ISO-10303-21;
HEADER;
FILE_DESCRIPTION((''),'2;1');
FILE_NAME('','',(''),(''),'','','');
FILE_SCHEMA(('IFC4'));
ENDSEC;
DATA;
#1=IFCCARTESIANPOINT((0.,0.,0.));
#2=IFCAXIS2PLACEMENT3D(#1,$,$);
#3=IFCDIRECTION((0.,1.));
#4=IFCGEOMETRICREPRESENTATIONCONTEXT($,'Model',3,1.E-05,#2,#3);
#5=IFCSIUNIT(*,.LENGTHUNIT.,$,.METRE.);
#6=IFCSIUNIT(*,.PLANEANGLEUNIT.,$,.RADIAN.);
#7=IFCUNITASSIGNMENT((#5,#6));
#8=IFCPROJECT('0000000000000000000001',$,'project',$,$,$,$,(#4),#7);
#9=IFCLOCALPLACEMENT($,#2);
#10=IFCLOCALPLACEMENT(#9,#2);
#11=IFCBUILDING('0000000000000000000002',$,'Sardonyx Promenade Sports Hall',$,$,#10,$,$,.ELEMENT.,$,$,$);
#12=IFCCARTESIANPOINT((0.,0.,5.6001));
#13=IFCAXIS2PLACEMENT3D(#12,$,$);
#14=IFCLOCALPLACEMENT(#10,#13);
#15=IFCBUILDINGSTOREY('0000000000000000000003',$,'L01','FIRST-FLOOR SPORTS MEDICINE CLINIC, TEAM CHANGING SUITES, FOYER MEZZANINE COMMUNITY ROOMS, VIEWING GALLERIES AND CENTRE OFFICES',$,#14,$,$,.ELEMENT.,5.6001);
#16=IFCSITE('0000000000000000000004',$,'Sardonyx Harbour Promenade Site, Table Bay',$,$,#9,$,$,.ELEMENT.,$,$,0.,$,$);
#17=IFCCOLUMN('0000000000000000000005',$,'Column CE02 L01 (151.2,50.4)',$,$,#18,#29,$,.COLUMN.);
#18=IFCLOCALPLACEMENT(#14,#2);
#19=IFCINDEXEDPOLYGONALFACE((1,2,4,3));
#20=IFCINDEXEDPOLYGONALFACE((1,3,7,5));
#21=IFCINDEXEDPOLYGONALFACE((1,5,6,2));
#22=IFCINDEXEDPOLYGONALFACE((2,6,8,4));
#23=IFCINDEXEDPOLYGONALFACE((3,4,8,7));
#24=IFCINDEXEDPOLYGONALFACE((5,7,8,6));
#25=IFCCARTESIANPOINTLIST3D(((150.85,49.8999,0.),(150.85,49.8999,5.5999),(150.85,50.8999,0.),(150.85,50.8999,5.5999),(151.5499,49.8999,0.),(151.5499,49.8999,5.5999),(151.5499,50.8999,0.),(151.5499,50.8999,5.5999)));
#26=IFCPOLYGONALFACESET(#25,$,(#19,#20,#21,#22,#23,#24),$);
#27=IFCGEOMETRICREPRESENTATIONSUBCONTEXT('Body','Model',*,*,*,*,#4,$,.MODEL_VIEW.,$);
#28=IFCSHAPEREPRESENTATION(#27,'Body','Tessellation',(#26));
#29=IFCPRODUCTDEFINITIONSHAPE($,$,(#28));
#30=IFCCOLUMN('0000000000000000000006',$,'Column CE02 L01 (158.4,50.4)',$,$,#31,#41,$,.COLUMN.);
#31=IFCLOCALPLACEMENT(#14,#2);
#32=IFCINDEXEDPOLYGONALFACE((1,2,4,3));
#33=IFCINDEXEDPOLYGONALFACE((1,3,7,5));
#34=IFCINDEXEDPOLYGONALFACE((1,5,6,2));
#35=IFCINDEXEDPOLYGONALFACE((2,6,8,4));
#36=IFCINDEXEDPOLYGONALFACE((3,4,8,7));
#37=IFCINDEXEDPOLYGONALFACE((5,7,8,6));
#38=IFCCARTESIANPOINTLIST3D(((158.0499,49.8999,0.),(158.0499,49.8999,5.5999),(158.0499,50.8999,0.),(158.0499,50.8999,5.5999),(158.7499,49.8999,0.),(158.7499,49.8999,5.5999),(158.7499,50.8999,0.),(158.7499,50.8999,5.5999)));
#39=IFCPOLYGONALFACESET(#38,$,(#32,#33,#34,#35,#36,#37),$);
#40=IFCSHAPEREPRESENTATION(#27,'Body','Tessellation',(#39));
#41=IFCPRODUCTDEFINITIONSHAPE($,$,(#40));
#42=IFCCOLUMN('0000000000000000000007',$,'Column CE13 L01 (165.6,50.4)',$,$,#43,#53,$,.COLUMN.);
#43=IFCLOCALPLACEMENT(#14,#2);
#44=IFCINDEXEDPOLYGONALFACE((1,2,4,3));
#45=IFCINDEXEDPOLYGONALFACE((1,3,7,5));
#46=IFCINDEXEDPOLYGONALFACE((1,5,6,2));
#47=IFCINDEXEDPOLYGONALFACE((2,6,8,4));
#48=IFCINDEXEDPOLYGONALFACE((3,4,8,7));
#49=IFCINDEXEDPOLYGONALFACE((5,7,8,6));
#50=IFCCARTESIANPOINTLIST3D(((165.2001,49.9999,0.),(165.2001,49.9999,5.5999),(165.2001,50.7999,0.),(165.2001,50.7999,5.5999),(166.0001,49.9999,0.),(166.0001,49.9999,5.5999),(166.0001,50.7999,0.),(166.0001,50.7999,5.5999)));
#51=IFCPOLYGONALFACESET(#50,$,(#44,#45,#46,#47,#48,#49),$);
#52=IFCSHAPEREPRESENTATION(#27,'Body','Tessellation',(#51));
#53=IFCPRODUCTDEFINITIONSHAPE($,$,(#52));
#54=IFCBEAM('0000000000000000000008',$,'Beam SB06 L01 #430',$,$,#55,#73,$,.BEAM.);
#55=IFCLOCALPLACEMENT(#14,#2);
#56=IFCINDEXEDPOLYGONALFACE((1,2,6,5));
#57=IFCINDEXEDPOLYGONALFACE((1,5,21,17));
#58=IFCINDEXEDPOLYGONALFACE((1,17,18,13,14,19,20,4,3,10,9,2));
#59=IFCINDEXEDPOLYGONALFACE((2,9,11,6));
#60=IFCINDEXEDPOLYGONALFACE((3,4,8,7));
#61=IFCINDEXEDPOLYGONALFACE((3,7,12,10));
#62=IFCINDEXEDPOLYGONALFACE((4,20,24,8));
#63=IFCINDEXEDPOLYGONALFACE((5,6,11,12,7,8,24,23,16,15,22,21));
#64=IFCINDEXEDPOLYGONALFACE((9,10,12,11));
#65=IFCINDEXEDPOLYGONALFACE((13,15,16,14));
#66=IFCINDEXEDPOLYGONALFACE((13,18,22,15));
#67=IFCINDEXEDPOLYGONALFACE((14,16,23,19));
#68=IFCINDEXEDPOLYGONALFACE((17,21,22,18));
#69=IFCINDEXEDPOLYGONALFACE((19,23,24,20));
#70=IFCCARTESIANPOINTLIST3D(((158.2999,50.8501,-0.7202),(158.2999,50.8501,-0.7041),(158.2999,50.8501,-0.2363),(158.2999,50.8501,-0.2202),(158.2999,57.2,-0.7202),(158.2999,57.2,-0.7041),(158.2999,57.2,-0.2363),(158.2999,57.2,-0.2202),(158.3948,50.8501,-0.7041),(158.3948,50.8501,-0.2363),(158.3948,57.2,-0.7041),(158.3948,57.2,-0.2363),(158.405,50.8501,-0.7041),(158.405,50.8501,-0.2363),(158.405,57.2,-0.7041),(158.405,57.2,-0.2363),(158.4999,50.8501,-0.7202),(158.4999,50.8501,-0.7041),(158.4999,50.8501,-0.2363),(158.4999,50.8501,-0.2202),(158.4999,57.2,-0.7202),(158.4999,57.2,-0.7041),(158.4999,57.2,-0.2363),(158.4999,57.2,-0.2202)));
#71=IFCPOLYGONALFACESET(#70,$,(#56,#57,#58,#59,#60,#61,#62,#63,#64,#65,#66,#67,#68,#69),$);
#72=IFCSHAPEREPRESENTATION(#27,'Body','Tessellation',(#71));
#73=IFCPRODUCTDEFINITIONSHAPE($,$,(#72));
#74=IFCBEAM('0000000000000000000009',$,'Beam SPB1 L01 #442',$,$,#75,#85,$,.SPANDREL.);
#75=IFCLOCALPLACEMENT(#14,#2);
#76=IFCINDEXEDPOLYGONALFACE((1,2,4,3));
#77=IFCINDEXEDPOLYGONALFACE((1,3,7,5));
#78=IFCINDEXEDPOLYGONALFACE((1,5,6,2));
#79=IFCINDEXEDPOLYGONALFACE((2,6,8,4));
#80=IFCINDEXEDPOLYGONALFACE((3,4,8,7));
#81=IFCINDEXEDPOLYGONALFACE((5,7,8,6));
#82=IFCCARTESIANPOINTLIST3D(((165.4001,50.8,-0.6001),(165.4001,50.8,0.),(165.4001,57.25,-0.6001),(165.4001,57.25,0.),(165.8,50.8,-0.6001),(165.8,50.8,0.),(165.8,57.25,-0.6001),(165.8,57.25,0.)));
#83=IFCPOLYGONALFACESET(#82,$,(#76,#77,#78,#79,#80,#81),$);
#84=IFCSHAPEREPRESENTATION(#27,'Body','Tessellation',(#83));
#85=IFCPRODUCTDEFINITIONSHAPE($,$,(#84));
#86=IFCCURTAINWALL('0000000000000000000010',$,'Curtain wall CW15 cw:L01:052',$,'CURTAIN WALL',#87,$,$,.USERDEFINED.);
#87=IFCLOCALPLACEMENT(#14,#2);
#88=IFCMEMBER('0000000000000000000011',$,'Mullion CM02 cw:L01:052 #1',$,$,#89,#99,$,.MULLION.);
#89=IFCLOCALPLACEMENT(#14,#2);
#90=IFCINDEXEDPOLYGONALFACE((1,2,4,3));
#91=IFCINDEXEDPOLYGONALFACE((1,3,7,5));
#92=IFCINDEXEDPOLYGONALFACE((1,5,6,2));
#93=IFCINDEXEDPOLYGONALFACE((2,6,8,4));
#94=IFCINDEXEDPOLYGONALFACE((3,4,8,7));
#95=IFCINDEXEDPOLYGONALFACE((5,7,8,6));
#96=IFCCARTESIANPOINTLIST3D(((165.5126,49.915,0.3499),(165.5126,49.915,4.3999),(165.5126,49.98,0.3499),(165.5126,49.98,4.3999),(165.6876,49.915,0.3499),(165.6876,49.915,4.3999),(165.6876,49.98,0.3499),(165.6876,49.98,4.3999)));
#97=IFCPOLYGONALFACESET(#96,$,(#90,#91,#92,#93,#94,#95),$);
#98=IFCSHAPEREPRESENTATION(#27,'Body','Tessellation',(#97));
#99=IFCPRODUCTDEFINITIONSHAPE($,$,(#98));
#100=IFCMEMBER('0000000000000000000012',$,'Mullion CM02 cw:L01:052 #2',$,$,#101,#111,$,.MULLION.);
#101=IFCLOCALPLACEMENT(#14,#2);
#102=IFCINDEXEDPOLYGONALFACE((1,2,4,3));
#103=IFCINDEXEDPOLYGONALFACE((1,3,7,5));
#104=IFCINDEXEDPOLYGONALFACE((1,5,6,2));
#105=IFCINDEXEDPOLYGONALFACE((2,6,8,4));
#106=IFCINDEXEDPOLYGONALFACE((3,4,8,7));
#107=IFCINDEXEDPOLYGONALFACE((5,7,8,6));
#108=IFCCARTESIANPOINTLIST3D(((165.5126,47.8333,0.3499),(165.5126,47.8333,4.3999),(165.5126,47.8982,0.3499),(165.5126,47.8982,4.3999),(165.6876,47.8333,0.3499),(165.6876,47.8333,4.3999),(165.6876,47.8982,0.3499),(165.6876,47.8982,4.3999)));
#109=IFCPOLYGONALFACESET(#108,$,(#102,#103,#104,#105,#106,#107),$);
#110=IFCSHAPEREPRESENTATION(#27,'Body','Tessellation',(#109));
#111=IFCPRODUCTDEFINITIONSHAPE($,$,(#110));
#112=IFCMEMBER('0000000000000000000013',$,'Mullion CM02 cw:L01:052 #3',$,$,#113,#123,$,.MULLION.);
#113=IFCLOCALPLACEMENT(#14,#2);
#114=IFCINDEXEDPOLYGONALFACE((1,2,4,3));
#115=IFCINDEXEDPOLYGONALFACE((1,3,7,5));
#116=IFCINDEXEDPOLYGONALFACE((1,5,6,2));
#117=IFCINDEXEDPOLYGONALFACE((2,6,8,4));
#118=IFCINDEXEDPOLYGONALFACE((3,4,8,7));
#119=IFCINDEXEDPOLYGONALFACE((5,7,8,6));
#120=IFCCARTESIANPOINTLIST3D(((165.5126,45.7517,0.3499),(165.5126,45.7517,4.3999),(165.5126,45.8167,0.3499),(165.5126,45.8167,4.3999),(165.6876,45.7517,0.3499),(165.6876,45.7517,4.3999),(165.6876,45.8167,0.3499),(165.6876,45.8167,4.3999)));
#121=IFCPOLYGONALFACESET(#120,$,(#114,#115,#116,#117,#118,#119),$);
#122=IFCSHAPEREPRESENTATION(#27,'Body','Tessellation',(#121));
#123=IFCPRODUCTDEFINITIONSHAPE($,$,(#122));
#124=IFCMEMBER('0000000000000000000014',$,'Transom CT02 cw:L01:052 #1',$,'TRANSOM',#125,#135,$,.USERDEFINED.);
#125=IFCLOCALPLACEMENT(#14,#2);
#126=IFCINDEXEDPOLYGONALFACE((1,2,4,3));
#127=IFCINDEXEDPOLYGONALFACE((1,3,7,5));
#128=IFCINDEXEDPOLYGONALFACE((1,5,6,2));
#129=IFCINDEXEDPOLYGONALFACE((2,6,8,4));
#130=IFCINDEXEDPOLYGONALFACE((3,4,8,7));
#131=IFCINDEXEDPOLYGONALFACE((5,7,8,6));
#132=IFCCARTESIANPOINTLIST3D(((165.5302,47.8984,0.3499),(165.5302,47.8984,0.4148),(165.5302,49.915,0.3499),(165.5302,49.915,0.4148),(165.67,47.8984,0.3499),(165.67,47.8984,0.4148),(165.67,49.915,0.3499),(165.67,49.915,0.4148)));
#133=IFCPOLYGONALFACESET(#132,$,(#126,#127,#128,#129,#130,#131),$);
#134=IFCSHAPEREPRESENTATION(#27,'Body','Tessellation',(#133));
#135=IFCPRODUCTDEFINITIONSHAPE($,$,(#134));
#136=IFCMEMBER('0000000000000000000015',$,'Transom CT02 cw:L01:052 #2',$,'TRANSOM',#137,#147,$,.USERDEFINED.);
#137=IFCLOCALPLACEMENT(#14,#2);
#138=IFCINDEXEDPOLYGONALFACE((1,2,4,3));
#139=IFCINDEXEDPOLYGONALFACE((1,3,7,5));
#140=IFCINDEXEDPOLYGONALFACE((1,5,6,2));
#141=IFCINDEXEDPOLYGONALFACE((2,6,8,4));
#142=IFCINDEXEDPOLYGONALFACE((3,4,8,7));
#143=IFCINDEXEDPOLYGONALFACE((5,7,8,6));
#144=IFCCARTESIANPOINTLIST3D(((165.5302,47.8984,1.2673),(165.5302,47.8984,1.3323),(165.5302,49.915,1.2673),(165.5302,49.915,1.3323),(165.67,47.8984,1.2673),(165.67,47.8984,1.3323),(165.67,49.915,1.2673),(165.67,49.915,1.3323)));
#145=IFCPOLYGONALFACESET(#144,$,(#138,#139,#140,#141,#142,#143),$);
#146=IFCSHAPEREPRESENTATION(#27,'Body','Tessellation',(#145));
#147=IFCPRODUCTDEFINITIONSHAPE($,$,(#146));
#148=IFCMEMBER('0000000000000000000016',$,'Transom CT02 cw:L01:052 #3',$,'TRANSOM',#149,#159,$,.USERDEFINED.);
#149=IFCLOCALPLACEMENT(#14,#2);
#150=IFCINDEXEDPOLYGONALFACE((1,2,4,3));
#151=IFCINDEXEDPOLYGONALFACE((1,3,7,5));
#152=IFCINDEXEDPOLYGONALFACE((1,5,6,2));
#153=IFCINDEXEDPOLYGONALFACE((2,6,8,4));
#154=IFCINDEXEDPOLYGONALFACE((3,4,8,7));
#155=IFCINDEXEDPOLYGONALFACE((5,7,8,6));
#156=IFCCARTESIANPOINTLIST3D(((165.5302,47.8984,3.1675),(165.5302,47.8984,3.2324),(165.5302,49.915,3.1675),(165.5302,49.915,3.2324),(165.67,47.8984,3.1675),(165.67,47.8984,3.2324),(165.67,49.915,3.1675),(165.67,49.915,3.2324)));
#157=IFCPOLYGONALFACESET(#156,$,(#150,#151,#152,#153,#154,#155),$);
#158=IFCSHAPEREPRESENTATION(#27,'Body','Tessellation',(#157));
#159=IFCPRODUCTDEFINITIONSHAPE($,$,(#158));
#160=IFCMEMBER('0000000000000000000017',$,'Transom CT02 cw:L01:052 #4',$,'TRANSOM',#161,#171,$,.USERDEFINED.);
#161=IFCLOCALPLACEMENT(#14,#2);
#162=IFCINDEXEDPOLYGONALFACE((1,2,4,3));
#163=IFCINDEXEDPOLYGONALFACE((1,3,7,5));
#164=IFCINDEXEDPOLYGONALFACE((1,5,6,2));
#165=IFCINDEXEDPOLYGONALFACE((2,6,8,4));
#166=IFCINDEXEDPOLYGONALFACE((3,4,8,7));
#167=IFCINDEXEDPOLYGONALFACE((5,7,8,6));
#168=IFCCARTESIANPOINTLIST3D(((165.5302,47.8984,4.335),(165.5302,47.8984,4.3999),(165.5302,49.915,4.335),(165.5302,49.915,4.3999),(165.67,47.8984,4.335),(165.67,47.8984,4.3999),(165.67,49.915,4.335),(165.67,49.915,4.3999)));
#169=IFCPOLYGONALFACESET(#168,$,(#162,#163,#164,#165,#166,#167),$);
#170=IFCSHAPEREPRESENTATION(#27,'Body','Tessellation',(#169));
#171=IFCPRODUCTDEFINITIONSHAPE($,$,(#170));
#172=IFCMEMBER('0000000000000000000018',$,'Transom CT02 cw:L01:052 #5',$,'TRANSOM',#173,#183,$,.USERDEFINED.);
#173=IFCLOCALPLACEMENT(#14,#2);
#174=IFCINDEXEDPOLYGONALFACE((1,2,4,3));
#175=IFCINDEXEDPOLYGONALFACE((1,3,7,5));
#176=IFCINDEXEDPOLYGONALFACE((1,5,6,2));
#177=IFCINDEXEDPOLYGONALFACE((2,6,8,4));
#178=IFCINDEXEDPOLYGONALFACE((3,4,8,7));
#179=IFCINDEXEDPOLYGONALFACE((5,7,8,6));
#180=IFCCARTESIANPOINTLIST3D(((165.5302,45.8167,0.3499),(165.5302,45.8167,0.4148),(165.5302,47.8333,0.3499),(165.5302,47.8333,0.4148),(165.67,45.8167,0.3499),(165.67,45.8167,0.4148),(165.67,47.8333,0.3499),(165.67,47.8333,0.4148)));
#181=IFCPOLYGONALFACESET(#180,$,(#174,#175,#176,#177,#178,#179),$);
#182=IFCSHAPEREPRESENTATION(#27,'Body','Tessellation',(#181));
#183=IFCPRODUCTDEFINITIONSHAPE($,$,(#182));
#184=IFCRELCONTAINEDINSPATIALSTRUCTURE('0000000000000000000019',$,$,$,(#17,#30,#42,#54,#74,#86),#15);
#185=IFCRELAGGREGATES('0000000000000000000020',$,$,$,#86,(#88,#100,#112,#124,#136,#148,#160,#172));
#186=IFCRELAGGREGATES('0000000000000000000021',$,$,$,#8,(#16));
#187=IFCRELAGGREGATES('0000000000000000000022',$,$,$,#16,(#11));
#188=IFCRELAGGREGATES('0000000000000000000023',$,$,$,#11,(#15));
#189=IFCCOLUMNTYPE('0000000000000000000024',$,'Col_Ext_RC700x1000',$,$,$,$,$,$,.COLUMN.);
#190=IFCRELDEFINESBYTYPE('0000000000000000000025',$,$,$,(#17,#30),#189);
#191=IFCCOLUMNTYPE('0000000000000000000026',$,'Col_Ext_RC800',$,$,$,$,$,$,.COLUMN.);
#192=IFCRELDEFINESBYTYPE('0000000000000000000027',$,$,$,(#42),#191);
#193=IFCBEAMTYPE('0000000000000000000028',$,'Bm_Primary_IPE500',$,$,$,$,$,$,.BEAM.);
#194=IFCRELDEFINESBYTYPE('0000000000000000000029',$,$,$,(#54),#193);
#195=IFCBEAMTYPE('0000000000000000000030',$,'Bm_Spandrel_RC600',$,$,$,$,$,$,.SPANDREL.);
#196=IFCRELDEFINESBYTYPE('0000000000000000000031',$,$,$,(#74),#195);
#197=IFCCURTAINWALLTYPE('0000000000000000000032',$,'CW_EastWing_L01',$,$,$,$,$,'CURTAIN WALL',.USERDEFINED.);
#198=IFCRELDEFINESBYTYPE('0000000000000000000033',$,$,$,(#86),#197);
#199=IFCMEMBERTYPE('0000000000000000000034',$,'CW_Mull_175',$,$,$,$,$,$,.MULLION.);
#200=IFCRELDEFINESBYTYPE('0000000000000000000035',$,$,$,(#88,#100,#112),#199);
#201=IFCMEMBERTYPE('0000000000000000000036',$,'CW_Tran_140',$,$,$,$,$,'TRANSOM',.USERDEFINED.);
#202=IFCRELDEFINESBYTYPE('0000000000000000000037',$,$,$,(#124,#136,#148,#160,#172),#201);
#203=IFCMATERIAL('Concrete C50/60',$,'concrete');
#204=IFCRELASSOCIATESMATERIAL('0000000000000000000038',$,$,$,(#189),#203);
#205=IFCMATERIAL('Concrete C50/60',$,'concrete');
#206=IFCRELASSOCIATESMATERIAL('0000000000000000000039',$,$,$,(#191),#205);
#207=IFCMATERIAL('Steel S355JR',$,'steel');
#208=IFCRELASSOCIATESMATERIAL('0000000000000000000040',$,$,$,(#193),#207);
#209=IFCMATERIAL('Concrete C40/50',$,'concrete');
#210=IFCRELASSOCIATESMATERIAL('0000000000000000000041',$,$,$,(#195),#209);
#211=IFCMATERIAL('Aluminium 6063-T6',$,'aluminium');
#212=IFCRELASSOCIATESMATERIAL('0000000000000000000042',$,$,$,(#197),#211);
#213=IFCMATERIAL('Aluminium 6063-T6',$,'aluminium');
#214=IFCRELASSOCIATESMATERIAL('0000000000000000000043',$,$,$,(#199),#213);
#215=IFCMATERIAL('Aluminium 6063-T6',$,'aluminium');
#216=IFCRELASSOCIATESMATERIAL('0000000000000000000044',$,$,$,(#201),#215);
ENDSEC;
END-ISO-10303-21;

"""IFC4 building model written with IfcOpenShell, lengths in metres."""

from ifc_helpers import new_model, si_unit, direction, frame, origin, origin_2d, place, context, subcontext, project, spatial, rectangle, i_section, extrude, material, material_profile, profile_set, type_object, element, aggregate, save


model = new_model("IFC4")

# Units and contexts
model_context = context("Model", 3, precision=1e-05, world=origin(), true_north=direction((0.0, 1.0)))
body_context = subcontext(model_context, "Body", "Model", "MODEL_VIEW")
ifc_project = project(units=[si_unit("LENGTHUNIT", "METRE"), si_unit("PLANEANGLEUNIT", "RADIAN")], contexts=[model_context])

# Site, building, storey
site_placement = place(None, origin())
site = spatial("IfcSite", under=ifc_project, at=site_placement, Name="Sardonyx Harbour Promenade Site, Table Bay", CompositionType="ELEMENT", RefElevation=0.0)
building_placement = place(site_placement, origin())
building = spatial("IfcBuilding", under=site, at=building_placement, Name="Sardonyx Promenade Sports Hall", CompositionType="ELEMENT")
storey_placement = place(building_placement, frame((0.0, 0.0, 5.6001)))
storey = spatial("IfcBuildingStorey", under=building, at=storey_placement, Name="L01", Description="FIRST-FLOOR SPORTS MEDICINE CLINIC, TEAM CHANGING SUITES, FOYER MEZZANINE COMMUNITY ROOMS, VIEWING GALLERIES AND CENTRE OFFICES", CompositionType="ELEMENT", Elevation=5.6001)

# Columns
ifc_material_1 = material(Name="Concrete C50/60", Category="concrete")
ifc_material_profile_1 = material_profile(ifc_material_1, rectangle(XDim=0.7, YDim=1.0, at=origin_2d()))
ifc_profile_set_1 = profile_set([ifc_material_profile_1], Name="Concrete C50/60")
column_type_1 = type_object("IfcColumnType", Name="Col_Ext_RC700x1000", PredefinedType="COLUMN", material=ifc_profile_set_1)
for number, where, z_axis, x_axis, name in (
    (1, (151.2, 50.3999, 0.0), (0.0, 0.0, 1.0), (1.0, 0.0, 0.0), "Column CE02 L01 (151.2,50.4)"),
    (2, (158.3999, 50.3999, 0.0), (0.0, 0.0, 1.0), (1.0, 0.0, 0.0), "Column CE02 L01 (158.4,50.4)"),
):
    element("IfcColumn", number, at=place(storey_placement, frame(where, z_axis=z_axis, x_axis=x_axis)), inside=storey, type_object=column_type_1, Name=name, PredefinedType="COLUMN", context=body_context, shape_type="SweptSolid", body=[
        extrude(rectangle(XDim=0.7, YDim=1.0, at=origin_2d()), origin(), (0.0, 0.0, 1.0), 5.5999),
    ])
ifc_material_2 = material(Name="Concrete C50/60", Category="concrete")
ifc_material_profile_2 = material_profile(ifc_material_2, rectangle(XDim=0.8, YDim=0.8, at=origin_2d()))
ifc_profile_set_2 = profile_set([ifc_material_profile_2], Name="Concrete C50/60")
column_type_2 = type_object("IfcColumnType", Name="Col_Ext_RC800", PredefinedType="COLUMN", material=ifc_profile_set_2)
column_placement = place(storey_placement, frame((165.6001, 50.3999, 0.0), z_axis=(0.0, 0.0, 1.0), x_axis=(1.0, 0.0, 0.0)))
element("IfcColumn", 3, at=column_placement, inside=storey, type_object=column_type_2, Name="Column CE13 L01 (165.6,50.4)", PredefinedType="COLUMN", context=body_context, shape_type="SweptSolid", body=[
    extrude(rectangle(XDim=0.8, YDim=0.8, at=origin_2d()), origin(), (0.0, 0.0, 1.0), 5.5999),
])

# Beams
ifc_material_3 = material(Name="Steel S355JR", Category="steel")
ifc_material_profile_3 = material_profile(ifc_material_3, i_section(OverallWidth=0.2, OverallDepth=0.5, WebThickness=0.0103, FlangeThickness=0.0161, at=origin_2d()))
ifc_profile_set_3 = profile_set([ifc_material_profile_3], Name="Steel S355JR")
beam_type_1 = type_object("IfcBeamType", Name="Bm_Primary_IPE500", PredefinedType="BEAM", material=ifc_profile_set_3)
beam_1_placement = place(storey_placement, frame((158.3999, 50.8501, -0.4702), z_axis=(0.0, 1.0, 0.0), x_axis=(-1.0, 0.0, 0.0)))
element("IfcBeam", 4, at=beam_1_placement, inside=storey, type_object=beam_type_1, Name="Beam SB06 L01 #430", PredefinedType="BEAM", context=body_context, shape_type="SweptSolid", body=[
    extrude(i_section(OverallWidth=0.2, OverallDepth=0.5, WebThickness=0.0103, FlangeThickness=0.0161, at=origin_2d()), origin(), (0.0, 0.0, 1.0), 6.3499),
])
ifc_material_4 = material(Name="Concrete C40/50", Category="concrete")
ifc_material_profile_4 = material_profile(ifc_material_4, rectangle(XDim=0.3999, YDim=0.6001, at=origin_2d()))
ifc_profile_set_4 = profile_set([ifc_material_profile_4], Name="Concrete C40/50")
beam_type_2 = type_object("IfcBeamType", Name="Bm_Spandrel_RC600", PredefinedType="SPANDREL", material=ifc_profile_set_4)
beam_2_placement = place(storey_placement, frame((165.6001, 50.8, -0.3), z_axis=(0.0, 1.0, 0.0), x_axis=(-1.0, 0.0, 0.0)))
element("IfcBeam", 5, at=beam_2_placement, inside=storey, type_object=beam_type_2, Name="Beam SPB1 L01 #442", PredefinedType="SPANDREL", context=body_context, shape_type="SweptSolid", body=[
    extrude(rectangle(XDim=0.3999, YDim=0.6001, at=origin_2d()), origin(), (0.0, 0.0, 1.0), 6.45),
])

# Curtain wall, members
ifc_material_5 = material(Name="Aluminium 6063-T6", Category="aluminium")
curtain_wall_type = type_object("IfcCurtainWallType", Name="CW_EastWing_L01", ElementType="CURTAIN WALL", PredefinedType="USERDEFINED", material=ifc_material_5)
curtain_wall_placement = place(storey_placement, origin())
curtain_wall = element("IfcCurtainWall", 6, at=curtain_wall_placement, inside=storey, type_object=curtain_wall_type, Name="Curtain wall CW15 cw:L01:052", ObjectType="CURTAIN WALL", PredefinedType="USERDEFINED")
ifc_material_6 = material(Name="Aluminium 6063-T6", Category="aluminium")
ifc_material_profile_5 = material_profile(ifc_material_6, rectangle(XDim=0.0649, YDim=0.175, at=origin_2d()))
ifc_profile_set_5 = profile_set([ifc_material_profile_5], Name="Aluminium 6063-T6")
member_type_1 = type_object("IfcMemberType", Name="CW_Mull_175", PredefinedType="MULLION", material=ifc_profile_set_5)
member_1_placement = place(storey_placement, frame((165.6001, 49.9475, 0.3499), z_axis=(0.0, 0.0, 1.0), x_axis=(0.0, -1.0, 0.0)))
member_1 = element("IfcMember", 7, at=member_1_placement, type_object=member_type_1, Name="Mullion CM02 cw:L01:052 #1", PredefinedType="MULLION", context=body_context, shape_type="SweptSolid", body=[
    extrude(rectangle(XDim=0.0649, YDim=0.175, at=origin_2d()), origin(), (0.0, 0.0, 1.0), 4.05),
])
member_2_placement = place(storey_placement, frame((165.6001, 47.8657, 0.3499), z_axis=(0.0, 0.0, 1.0), x_axis=(0.0, -1.0, 0.0)))
member_2 = element("IfcMember", 8, at=member_2_placement, type_object=member_type_1, Name="Mullion CM02 cw:L01:052 #2", PredefinedType="MULLION", context=body_context, shape_type="SweptSolid", body=[
    extrude(rectangle(XDim=0.0649, YDim=0.175, at=origin_2d()), origin(), (0.0, 0.0, 1.0), 4.05),
])
member_3_placement = place(storey_placement, frame((165.6001, 45.7842, 0.3499), z_axis=(0.0, 0.0, 1.0), x_axis=(0.0, -1.0, 0.0)))
member_3 = element("IfcMember", 9, at=member_3_placement, type_object=member_type_1, Name="Mullion CM02 cw:L01:052 #3", PredefinedType="MULLION", context=body_context, shape_type="SweptSolid", body=[
    extrude(rectangle(XDim=0.0649, YDim=0.175, at=origin_2d()), origin(), (0.0, 0.0, 1.0), 4.05),
])
ifc_material_7 = material(Name="Aluminium 6063-T6", Category="aluminium")
ifc_material_profile_6 = material_profile(ifc_material_7, rectangle(XDim=0.0649, YDim=0.1399, at=origin_2d()))
ifc_profile_set_6 = profile_set([ifc_material_profile_6], Name="Aluminium 6063-T6")
member_type_2 = type_object("IfcMemberType", Name="CW_Tran_140", ElementType="TRANSOM", PredefinedType="USERDEFINED", material=ifc_profile_set_6)
member_4_placement = place(storey_placement, frame((165.6001, 49.915, 0.3823), z_axis=(0.0, -1.0, 0.0), x_axis=(0.0, 0.0, 1.0)))
member_4 = element("IfcMember", 10, at=member_4_placement, type_object=member_type_2, Name="Transom CT02 cw:L01:052 #1", ObjectType="TRANSOM", PredefinedType="USERDEFINED", context=body_context, shape_type="SweptSolid", body=[
    extrude(rectangle(XDim=0.0649, YDim=0.1399, at=origin_2d()), origin(), (0.0, 0.0, 1.0), 2.0166),
])
member_5_placement = place(storey_placement, frame((165.6001, 49.915, 1.2998), z_axis=(0.0, -1.0, 0.0), x_axis=(0.0, 0.0, 1.0)))
member_5 = element("IfcMember", 11, at=member_5_placement, type_object=member_type_2, Name="Transom CT02 cw:L01:052 #2", ObjectType="TRANSOM", PredefinedType="USERDEFINED", context=body_context, shape_type="SweptSolid", body=[
    extrude(rectangle(XDim=0.0649, YDim=0.1399, at=origin_2d()), origin(), (0.0, 0.0, 1.0), 2.0166),
])
member_6_placement = place(storey_placement, frame((165.6001, 49.915, 3.2), z_axis=(0.0, -1.0, 0.0), x_axis=(0.0, 0.0, 1.0)))
member_6 = element("IfcMember", 12, at=member_6_placement, type_object=member_type_2, Name="Transom CT02 cw:L01:052 #3", ObjectType="TRANSOM", PredefinedType="USERDEFINED", context=body_context, shape_type="SweptSolid", body=[
    extrude(rectangle(XDim=0.0649, YDim=0.1399, at=origin_2d()), origin(), (0.0, 0.0, 1.0), 2.0166),
])
member_7_placement = place(storey_placement, frame((165.6001, 49.915, 4.3674), z_axis=(0.0, -1.0, 0.0), x_axis=(0.0, 0.0, 1.0)))
member_7 = element("IfcMember", 13, at=member_7_placement, type_object=member_type_2, Name="Transom CT02 cw:L01:052 #4", ObjectType="TRANSOM", PredefinedType="USERDEFINED", context=body_context, shape_type="SweptSolid", body=[
    extrude(rectangle(XDim=0.0649, YDim=0.1399, at=origin_2d()), origin(), (0.0, 0.0, 1.0), 2.0166),
])
member_8_placement = place(storey_placement, frame((165.6001, 47.8333, 0.3823), z_axis=(0.0, -1.0, 0.0), x_axis=(0.0, 0.0, 1.0)))
member_8 = element("IfcMember", 14, at=member_8_placement, type_object=member_type_2, Name="Transom CT02 cw:L01:052 #5", ObjectType="TRANSOM", PredefinedType="USERDEFINED", context=body_context, shape_type="SweptSolid", body=[
    extrude(rectangle(XDim=0.0649, YDim=0.1399, at=origin_2d()), origin(), (0.0, 0.0, 1.0), 2.0166),
])
aggregate(curtain_wall, [member_1, member_2, member_3, member_4, member_5, member_6, member_7, member_8])

save(model, "model.ifc")
